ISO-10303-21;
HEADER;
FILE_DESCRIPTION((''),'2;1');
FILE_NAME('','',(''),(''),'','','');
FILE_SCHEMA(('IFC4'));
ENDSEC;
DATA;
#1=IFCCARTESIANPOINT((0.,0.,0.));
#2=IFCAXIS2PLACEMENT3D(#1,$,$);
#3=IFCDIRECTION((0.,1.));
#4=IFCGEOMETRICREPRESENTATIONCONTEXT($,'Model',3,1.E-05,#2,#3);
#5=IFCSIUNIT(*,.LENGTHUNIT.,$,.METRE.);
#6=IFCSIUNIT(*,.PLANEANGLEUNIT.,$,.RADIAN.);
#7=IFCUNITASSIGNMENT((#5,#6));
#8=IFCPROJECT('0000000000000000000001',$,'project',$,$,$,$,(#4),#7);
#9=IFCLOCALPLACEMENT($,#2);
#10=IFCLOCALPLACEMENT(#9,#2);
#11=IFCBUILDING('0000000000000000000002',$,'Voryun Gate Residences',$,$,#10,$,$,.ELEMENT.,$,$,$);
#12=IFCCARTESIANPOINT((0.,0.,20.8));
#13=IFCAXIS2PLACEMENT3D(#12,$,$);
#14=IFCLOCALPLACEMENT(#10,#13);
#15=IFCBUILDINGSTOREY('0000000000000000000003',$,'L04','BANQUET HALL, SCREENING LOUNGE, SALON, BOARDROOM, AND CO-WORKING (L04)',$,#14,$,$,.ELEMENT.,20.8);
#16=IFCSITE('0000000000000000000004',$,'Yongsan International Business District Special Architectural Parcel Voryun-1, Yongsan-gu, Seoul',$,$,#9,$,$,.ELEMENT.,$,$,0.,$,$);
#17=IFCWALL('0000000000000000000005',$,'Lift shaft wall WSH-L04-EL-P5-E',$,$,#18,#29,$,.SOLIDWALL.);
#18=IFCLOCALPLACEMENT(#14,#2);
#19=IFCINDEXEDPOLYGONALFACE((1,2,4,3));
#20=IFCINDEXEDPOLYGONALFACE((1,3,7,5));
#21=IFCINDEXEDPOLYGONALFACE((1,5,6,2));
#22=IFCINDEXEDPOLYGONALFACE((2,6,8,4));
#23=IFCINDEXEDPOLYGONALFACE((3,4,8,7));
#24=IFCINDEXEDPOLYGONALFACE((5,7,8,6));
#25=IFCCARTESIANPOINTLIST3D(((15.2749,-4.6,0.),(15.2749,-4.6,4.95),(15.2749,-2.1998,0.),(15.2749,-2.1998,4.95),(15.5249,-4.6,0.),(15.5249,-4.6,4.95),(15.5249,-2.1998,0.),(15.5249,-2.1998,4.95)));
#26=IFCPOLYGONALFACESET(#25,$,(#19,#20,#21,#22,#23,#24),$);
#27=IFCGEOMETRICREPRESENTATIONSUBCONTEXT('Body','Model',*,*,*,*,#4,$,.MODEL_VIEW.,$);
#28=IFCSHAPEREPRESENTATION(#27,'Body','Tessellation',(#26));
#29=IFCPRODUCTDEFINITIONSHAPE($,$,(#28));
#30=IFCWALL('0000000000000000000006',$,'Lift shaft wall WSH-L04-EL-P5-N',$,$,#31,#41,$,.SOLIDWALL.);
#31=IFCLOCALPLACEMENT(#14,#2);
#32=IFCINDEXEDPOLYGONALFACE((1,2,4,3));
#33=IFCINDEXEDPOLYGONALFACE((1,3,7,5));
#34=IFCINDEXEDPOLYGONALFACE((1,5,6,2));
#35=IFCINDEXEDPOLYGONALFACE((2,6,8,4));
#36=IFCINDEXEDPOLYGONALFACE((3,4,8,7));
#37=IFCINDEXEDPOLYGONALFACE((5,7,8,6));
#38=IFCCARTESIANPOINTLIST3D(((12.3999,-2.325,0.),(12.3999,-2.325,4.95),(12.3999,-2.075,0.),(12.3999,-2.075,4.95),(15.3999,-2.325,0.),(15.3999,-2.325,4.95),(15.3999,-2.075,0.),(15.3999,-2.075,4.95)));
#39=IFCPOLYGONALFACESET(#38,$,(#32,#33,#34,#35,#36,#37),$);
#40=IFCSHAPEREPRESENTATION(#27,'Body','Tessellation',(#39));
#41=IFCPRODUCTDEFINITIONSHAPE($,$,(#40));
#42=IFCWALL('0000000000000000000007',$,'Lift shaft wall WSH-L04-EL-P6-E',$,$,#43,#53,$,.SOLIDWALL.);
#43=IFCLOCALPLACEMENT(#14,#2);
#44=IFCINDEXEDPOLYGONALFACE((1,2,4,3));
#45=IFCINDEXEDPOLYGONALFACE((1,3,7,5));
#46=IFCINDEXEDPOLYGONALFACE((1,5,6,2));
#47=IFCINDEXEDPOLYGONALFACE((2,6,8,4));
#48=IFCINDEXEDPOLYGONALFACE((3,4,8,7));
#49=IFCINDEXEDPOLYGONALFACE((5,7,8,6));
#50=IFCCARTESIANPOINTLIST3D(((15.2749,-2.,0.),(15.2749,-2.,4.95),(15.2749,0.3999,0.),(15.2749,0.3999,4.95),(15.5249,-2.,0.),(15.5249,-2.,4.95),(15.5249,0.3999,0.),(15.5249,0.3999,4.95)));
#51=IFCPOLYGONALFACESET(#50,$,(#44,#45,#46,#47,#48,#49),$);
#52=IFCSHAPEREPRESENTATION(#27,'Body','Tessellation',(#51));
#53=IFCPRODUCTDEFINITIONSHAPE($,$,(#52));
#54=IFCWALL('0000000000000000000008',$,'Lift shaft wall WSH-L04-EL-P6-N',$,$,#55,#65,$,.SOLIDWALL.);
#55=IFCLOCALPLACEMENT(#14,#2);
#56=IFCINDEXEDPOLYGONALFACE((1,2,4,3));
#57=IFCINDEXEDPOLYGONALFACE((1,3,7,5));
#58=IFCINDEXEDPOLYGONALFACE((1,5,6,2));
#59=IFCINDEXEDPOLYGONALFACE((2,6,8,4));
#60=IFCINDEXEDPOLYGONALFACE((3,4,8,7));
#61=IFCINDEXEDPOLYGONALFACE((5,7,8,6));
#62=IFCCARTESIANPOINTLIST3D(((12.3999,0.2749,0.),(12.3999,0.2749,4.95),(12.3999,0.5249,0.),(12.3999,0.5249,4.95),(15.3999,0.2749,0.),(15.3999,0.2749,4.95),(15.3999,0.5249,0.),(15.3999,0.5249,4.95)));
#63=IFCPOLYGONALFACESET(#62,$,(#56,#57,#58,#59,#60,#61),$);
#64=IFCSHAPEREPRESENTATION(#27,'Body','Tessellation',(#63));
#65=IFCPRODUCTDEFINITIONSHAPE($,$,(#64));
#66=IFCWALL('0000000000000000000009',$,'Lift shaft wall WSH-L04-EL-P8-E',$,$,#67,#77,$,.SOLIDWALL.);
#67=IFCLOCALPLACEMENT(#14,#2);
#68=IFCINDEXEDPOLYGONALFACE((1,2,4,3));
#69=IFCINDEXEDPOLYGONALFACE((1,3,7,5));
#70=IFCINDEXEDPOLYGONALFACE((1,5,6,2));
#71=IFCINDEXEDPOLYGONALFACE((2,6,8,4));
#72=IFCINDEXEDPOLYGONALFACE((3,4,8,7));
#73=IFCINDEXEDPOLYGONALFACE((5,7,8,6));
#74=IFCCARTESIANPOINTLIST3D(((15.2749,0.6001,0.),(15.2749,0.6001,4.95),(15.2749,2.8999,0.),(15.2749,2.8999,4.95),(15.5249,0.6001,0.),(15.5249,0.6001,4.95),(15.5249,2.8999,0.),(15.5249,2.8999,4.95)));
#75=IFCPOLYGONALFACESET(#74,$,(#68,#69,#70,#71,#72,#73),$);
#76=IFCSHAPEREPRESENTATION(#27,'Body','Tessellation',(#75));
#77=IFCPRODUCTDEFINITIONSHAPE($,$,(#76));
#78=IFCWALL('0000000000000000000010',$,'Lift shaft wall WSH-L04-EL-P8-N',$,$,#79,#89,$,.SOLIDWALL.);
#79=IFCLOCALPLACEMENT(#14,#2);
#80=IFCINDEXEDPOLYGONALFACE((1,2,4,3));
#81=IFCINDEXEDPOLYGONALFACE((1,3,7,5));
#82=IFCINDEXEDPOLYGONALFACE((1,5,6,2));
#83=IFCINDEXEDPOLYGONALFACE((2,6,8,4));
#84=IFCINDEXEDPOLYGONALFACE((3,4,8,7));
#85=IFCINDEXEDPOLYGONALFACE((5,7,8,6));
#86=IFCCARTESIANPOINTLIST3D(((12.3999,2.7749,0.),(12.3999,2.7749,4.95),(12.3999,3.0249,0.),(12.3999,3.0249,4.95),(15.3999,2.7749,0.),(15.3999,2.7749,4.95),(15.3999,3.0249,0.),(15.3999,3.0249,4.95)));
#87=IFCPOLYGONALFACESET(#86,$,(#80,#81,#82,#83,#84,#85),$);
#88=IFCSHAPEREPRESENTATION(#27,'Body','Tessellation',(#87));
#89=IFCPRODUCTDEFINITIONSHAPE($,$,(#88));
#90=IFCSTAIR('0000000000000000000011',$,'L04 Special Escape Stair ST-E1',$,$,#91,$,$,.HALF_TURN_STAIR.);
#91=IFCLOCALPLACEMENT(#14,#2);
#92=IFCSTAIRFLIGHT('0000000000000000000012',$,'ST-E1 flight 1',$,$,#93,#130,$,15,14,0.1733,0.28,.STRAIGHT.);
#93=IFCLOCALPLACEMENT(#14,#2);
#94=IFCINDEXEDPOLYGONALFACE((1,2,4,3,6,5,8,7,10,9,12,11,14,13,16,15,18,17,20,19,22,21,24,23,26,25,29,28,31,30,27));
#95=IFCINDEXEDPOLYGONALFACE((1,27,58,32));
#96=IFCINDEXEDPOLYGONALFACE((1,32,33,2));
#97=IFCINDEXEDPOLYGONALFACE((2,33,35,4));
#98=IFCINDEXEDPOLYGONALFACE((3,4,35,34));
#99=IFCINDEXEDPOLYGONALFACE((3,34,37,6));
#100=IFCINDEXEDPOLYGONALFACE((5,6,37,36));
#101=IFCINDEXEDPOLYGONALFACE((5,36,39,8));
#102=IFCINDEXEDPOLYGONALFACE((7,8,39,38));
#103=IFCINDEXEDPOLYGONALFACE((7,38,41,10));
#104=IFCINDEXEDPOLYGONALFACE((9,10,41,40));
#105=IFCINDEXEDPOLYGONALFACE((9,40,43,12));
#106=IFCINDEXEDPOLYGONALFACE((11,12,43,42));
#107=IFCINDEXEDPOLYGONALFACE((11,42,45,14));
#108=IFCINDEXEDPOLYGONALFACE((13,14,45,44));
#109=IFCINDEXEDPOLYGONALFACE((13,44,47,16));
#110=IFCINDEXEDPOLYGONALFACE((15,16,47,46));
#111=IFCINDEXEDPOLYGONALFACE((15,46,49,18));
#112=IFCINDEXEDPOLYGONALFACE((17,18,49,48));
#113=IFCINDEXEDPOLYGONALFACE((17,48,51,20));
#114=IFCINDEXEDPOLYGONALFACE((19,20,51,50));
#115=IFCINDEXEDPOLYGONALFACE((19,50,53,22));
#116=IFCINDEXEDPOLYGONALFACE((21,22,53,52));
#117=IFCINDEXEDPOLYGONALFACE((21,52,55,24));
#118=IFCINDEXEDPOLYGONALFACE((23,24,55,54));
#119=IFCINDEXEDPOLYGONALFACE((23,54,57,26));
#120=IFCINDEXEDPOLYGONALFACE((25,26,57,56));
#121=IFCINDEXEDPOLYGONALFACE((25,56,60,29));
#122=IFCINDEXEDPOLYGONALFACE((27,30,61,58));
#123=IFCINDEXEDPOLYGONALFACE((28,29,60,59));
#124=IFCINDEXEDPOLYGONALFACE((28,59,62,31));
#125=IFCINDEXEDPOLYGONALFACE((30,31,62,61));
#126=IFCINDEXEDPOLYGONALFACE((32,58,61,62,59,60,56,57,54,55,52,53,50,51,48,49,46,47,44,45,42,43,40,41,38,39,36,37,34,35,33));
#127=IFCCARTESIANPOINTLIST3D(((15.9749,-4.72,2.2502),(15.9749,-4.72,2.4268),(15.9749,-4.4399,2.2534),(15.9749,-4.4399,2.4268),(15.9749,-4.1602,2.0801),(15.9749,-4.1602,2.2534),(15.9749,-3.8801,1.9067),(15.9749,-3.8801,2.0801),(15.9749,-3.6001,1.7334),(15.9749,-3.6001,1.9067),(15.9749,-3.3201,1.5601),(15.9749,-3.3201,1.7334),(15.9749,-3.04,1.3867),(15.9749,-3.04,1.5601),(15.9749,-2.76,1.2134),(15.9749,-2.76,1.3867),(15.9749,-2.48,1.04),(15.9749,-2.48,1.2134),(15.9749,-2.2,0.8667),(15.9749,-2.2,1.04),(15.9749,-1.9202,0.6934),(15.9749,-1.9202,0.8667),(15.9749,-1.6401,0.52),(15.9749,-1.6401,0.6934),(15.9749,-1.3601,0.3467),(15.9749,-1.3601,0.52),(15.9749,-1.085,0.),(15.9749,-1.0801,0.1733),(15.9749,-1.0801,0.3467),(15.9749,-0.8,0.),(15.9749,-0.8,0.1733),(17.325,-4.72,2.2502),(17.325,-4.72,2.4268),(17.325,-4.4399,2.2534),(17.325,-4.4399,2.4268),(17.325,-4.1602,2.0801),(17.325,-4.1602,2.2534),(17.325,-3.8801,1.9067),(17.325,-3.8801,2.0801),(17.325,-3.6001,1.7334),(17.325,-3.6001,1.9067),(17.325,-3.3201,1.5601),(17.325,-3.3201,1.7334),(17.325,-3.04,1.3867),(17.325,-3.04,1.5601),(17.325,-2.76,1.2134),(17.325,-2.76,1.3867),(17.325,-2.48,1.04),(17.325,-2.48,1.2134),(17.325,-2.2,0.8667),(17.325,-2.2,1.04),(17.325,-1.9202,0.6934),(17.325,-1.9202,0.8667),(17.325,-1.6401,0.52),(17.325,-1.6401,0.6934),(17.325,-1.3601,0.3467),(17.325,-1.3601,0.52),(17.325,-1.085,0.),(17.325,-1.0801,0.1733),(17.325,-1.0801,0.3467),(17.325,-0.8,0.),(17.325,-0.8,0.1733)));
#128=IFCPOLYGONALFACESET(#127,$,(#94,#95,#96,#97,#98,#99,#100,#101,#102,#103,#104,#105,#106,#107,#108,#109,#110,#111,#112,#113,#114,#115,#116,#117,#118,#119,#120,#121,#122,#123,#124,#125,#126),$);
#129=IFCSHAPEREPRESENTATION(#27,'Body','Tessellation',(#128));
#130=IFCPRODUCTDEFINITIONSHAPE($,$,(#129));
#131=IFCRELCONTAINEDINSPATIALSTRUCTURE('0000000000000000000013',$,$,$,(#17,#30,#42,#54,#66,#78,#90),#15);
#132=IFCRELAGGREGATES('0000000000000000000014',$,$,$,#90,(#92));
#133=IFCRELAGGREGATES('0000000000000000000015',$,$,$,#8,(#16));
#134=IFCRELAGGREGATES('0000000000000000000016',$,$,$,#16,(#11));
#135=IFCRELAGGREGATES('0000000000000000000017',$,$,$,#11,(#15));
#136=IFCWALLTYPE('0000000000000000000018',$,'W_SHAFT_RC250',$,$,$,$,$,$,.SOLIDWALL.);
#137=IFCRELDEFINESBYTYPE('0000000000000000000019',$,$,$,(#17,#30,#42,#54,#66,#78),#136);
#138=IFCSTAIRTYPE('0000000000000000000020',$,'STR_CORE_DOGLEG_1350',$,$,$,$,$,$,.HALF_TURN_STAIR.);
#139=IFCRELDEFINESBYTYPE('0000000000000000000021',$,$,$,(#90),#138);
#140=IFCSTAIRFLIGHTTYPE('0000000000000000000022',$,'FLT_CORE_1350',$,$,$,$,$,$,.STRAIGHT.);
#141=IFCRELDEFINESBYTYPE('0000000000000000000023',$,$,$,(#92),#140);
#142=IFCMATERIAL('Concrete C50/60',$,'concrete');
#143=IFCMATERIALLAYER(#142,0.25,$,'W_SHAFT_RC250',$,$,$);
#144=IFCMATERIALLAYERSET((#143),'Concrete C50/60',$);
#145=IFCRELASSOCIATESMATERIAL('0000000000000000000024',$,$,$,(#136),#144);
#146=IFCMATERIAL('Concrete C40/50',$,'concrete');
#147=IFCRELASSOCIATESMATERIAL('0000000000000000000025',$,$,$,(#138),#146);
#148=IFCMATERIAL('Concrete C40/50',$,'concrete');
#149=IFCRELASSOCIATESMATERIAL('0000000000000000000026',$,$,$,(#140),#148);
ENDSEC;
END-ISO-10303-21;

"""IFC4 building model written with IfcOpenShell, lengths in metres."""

from ifc_helpers import new_model, si_unit, direction, frame, frame_2d, origin, place, context, subcontext, project, spatial, polyline, rectangle, outline, extrude, material, layer, layer_set, type_object, element, aggregate, save


model = new_model("IFC4")

# Units and contexts
model_context = context("Model", 3, precision=1e-05, world=origin(), true_north=direction((0.0, 1.0)))
body_context = subcontext(model_context, "Body", "Model", "MODEL_VIEW")
ifc_project = project(units=[si_unit("LENGTHUNIT", "METRE"), si_unit("PLANEANGLEUNIT", "RADIAN")], contexts=[model_context])

# Site, building, storey
site_placement = place(None, origin())
site = spatial("IfcSite", under=ifc_project, at=site_placement, Name="Yongsan International Business District Special Architectural Parcel Voryun-1, Yongsan-gu, Seoul", CompositionType="ELEMENT", RefElevation=0.0)
building_placement = place(site_placement, origin())
building = spatial("IfcBuilding", under=site, at=building_placement, Name="Voryun Gate Residences", CompositionType="ELEMENT")
storey_placement = place(building_placement, frame((0.0, 0.0, 20.8)))
storey = spatial("IfcBuildingStorey", under=building, at=storey_placement, Name="L04", Description="BANQUET HALL, SCREENING LOUNGE, SALON, BOARDROOM, AND CO-WORKING (L04)", CompositionType="ELEMENT", Elevation=20.8)

# Walls
ifc_material_1 = material(Name="Concrete C50/60", Category="concrete")
ifc_layer_1 = layer(ifc_material_1, 0.25, Name="W_SHAFT_RC250")
ifc_layer_set_1 = layer_set([ifc_layer_1], Name="Concrete C50/60")
wall_type_1 = type_object("IfcWallType", Name="W_SHAFT_RC250", PredefinedType="SOLIDWALL", material=ifc_layer_set_1)
wall_1_placement = place(storey_placement, frame((15.3999, -4.6001, 0.0), z_axis=(0.0, 0.0, 1.0), x_axis=(0.0, 1.0, 0.0)))
element("IfcWall", 1, at=wall_1_placement, inside=storey, type_object=wall_type_1, Name="Lift shaft wall WSH-L04-EL-P5-E", PredefinedType="SOLIDWALL", context=body_context, shape_type="SweptSolid", body=[
    extrude(rectangle(XDim=2.4001, YDim=0.25, at=frame_2d((1.2002, 0.0))), origin(), (0.0, 0.0, 1.0), 4.95),
])
wall_2_placement = place(storey_placement, frame((15.3999, -2.2, 0.0), z_axis=(0.0, 0.0, 1.0), x_axis=(-1.0, 0.0, 0.0)))
element("IfcWall", 2, at=wall_2_placement, inside=storey, type_object=wall_type_1, Name="Lift shaft wall WSH-L04-EL-P5-N", PredefinedType="SOLIDWALL", context=body_context, shape_type="SweptSolid", body=[
    extrude(rectangle(XDim=3.0, YDim=0.25, at=frame_2d((1.5, 0.0))), origin(), (0.0, 0.0, 1.0), 4.95),
])
wall_3_placement = place(storey_placement, frame((15.3999, -2.0, 0.0), z_axis=(0.0, 0.0, 1.0), x_axis=(0.0, 1.0, 0.0)))
element("IfcWall", 3, at=wall_3_placement, inside=storey, type_object=wall_type_1, Name="Lift shaft wall WSH-L04-EL-P6-E", PredefinedType="SOLIDWALL", context=body_context, shape_type="SweptSolid", body=[
    extrude(rectangle(XDim=2.3999, YDim=0.25, at=frame_2d((1.2, 0.0))), origin(), (0.0, 0.0, 1.0), 4.95),
])
wall_4_placement = place(storey_placement, frame((15.3999, 0.3999, 0.0), z_axis=(0.0, 0.0, 1.0), x_axis=(-1.0, 0.0, 0.0)))
element("IfcWall", 4, at=wall_4_placement, inside=storey, type_object=wall_type_1, Name="Lift shaft wall WSH-L04-EL-P6-N", PredefinedType="SOLIDWALL", context=body_context, shape_type="SweptSolid", body=[
    extrude(rectangle(XDim=3.0, YDim=0.25, at=frame_2d((1.5, 0.0))), origin(), (0.0, 0.0, 1.0), 4.95),
])
wall_5_placement = place(storey_placement, frame((15.3999, 0.6001, 0.0), z_axis=(0.0, 0.0, 1.0), x_axis=(0.0, 1.0, 0.0)))
element("IfcWall", 5, at=wall_5_placement, inside=storey, type_object=wall_type_1, Name="Lift shaft wall WSH-L04-EL-P8-E", PredefinedType="SOLIDWALL", context=body_context, shape_type="SweptSolid", body=[
    extrude(rectangle(XDim=2.2998, YDim=0.25, at=frame_2d((1.1499, 0.0))), origin(), (0.0, 0.0, 1.0), 4.95),
])
wall_6_placement = place(storey_placement, frame((15.3999, 2.8999, 0.0), z_axis=(0.0, 0.0, 1.0), x_axis=(-1.0, 0.0, 0.0)))
element("IfcWall", 6, at=wall_6_placement, inside=storey, type_object=wall_type_1, Name="Lift shaft wall WSH-L04-EL-P8-N", PredefinedType="SOLIDWALL", context=body_context, shape_type="SweptSolid", body=[
    extrude(rectangle(XDim=3.0, YDim=0.25, at=frame_2d((1.5, 0.0))), origin(), (0.0, 0.0, 1.0), 4.95),
])

# Stair, stair flight
ifc_material_2 = material(Name="Concrete C40/50", Category="concrete")
stair_type = type_object("IfcStairType", Name="STR_CORE_DOGLEG_1350", PredefinedType="HALF_TURN_STAIR", material=ifc_material_2)
stair_placement = place(storey_placement, origin())
stair = element("IfcStair", 7, at=stair_placement, inside=storey, type_object=stair_type, Name="L04 Special Escape Stair ST-E1", PredefinedType="HALF_TURN_STAIR")
ifc_material_3 = material(Name="Concrete C40/50", Category="concrete")
stair_flight_type = type_object("IfcStairFlightType", Name="FLT_CORE_1350", PredefinedType="STRAIGHT", material=ifc_material_3)
stair_flight_placement = place(storey_placement, frame((16.6499, -0.8, 0.0), z_axis=(0.0, 0.0, 1.0), x_axis=(0.0, -1.0, 0.0)))
stair_flight = element("IfcStairFlight", 8, at=stair_flight_placement, type_object=stair_flight_type, Name="ST-E1 flight 1", NumberOfRisers=15, NumberOfTreads=14, PredefinedType="STRAIGHT", RiserHeight=0.1733, TreadLength=0.28, context=body_context, shape_type="SweptSolid", body=[
    extrude(outline(polyline([(0.0, 0.0), (0.0, 0.1733), (0.28, 0.1733), (0.28, 0.3467), (0.5601, 0.3467), (0.5601, 0.52), (0.8401, 0.52), (0.8401, 0.6934), (1.1201, 0.6934), (1.1201, 0.8667), (1.3999, 0.8667), (1.3999, 1.04), (1.6799, 1.04), (1.6799, 1.2134), (1.96, 1.2134), (1.96, 1.3867), (2.24, 1.3867), (2.24, 1.5601), (2.52, 1.5601), (2.52, 1.7334), (2.8, 1.7334), (2.8, 1.9067), (3.0801, 1.9067), (3.0801, 2.0801), (3.3601, 2.0801), (3.3601, 2.2534), (3.6399, 2.2534), (3.6399, 2.4268), (3.9199, 2.4268), (3.9199, 2.6001), (3.9199, 2.2502), (0.2849, 0.0), (0.0, 0.0)])), frame((0.0, 0.675, 0.0), z_axis=(0.0, -1.0, 0.0), x_axis=(1.0, 0.0, 0.0)), (0.0, 0.0, 1.0), 1.3501),
])
aggregate(stair, [stair_flight])

save(model, "model.ifc")
